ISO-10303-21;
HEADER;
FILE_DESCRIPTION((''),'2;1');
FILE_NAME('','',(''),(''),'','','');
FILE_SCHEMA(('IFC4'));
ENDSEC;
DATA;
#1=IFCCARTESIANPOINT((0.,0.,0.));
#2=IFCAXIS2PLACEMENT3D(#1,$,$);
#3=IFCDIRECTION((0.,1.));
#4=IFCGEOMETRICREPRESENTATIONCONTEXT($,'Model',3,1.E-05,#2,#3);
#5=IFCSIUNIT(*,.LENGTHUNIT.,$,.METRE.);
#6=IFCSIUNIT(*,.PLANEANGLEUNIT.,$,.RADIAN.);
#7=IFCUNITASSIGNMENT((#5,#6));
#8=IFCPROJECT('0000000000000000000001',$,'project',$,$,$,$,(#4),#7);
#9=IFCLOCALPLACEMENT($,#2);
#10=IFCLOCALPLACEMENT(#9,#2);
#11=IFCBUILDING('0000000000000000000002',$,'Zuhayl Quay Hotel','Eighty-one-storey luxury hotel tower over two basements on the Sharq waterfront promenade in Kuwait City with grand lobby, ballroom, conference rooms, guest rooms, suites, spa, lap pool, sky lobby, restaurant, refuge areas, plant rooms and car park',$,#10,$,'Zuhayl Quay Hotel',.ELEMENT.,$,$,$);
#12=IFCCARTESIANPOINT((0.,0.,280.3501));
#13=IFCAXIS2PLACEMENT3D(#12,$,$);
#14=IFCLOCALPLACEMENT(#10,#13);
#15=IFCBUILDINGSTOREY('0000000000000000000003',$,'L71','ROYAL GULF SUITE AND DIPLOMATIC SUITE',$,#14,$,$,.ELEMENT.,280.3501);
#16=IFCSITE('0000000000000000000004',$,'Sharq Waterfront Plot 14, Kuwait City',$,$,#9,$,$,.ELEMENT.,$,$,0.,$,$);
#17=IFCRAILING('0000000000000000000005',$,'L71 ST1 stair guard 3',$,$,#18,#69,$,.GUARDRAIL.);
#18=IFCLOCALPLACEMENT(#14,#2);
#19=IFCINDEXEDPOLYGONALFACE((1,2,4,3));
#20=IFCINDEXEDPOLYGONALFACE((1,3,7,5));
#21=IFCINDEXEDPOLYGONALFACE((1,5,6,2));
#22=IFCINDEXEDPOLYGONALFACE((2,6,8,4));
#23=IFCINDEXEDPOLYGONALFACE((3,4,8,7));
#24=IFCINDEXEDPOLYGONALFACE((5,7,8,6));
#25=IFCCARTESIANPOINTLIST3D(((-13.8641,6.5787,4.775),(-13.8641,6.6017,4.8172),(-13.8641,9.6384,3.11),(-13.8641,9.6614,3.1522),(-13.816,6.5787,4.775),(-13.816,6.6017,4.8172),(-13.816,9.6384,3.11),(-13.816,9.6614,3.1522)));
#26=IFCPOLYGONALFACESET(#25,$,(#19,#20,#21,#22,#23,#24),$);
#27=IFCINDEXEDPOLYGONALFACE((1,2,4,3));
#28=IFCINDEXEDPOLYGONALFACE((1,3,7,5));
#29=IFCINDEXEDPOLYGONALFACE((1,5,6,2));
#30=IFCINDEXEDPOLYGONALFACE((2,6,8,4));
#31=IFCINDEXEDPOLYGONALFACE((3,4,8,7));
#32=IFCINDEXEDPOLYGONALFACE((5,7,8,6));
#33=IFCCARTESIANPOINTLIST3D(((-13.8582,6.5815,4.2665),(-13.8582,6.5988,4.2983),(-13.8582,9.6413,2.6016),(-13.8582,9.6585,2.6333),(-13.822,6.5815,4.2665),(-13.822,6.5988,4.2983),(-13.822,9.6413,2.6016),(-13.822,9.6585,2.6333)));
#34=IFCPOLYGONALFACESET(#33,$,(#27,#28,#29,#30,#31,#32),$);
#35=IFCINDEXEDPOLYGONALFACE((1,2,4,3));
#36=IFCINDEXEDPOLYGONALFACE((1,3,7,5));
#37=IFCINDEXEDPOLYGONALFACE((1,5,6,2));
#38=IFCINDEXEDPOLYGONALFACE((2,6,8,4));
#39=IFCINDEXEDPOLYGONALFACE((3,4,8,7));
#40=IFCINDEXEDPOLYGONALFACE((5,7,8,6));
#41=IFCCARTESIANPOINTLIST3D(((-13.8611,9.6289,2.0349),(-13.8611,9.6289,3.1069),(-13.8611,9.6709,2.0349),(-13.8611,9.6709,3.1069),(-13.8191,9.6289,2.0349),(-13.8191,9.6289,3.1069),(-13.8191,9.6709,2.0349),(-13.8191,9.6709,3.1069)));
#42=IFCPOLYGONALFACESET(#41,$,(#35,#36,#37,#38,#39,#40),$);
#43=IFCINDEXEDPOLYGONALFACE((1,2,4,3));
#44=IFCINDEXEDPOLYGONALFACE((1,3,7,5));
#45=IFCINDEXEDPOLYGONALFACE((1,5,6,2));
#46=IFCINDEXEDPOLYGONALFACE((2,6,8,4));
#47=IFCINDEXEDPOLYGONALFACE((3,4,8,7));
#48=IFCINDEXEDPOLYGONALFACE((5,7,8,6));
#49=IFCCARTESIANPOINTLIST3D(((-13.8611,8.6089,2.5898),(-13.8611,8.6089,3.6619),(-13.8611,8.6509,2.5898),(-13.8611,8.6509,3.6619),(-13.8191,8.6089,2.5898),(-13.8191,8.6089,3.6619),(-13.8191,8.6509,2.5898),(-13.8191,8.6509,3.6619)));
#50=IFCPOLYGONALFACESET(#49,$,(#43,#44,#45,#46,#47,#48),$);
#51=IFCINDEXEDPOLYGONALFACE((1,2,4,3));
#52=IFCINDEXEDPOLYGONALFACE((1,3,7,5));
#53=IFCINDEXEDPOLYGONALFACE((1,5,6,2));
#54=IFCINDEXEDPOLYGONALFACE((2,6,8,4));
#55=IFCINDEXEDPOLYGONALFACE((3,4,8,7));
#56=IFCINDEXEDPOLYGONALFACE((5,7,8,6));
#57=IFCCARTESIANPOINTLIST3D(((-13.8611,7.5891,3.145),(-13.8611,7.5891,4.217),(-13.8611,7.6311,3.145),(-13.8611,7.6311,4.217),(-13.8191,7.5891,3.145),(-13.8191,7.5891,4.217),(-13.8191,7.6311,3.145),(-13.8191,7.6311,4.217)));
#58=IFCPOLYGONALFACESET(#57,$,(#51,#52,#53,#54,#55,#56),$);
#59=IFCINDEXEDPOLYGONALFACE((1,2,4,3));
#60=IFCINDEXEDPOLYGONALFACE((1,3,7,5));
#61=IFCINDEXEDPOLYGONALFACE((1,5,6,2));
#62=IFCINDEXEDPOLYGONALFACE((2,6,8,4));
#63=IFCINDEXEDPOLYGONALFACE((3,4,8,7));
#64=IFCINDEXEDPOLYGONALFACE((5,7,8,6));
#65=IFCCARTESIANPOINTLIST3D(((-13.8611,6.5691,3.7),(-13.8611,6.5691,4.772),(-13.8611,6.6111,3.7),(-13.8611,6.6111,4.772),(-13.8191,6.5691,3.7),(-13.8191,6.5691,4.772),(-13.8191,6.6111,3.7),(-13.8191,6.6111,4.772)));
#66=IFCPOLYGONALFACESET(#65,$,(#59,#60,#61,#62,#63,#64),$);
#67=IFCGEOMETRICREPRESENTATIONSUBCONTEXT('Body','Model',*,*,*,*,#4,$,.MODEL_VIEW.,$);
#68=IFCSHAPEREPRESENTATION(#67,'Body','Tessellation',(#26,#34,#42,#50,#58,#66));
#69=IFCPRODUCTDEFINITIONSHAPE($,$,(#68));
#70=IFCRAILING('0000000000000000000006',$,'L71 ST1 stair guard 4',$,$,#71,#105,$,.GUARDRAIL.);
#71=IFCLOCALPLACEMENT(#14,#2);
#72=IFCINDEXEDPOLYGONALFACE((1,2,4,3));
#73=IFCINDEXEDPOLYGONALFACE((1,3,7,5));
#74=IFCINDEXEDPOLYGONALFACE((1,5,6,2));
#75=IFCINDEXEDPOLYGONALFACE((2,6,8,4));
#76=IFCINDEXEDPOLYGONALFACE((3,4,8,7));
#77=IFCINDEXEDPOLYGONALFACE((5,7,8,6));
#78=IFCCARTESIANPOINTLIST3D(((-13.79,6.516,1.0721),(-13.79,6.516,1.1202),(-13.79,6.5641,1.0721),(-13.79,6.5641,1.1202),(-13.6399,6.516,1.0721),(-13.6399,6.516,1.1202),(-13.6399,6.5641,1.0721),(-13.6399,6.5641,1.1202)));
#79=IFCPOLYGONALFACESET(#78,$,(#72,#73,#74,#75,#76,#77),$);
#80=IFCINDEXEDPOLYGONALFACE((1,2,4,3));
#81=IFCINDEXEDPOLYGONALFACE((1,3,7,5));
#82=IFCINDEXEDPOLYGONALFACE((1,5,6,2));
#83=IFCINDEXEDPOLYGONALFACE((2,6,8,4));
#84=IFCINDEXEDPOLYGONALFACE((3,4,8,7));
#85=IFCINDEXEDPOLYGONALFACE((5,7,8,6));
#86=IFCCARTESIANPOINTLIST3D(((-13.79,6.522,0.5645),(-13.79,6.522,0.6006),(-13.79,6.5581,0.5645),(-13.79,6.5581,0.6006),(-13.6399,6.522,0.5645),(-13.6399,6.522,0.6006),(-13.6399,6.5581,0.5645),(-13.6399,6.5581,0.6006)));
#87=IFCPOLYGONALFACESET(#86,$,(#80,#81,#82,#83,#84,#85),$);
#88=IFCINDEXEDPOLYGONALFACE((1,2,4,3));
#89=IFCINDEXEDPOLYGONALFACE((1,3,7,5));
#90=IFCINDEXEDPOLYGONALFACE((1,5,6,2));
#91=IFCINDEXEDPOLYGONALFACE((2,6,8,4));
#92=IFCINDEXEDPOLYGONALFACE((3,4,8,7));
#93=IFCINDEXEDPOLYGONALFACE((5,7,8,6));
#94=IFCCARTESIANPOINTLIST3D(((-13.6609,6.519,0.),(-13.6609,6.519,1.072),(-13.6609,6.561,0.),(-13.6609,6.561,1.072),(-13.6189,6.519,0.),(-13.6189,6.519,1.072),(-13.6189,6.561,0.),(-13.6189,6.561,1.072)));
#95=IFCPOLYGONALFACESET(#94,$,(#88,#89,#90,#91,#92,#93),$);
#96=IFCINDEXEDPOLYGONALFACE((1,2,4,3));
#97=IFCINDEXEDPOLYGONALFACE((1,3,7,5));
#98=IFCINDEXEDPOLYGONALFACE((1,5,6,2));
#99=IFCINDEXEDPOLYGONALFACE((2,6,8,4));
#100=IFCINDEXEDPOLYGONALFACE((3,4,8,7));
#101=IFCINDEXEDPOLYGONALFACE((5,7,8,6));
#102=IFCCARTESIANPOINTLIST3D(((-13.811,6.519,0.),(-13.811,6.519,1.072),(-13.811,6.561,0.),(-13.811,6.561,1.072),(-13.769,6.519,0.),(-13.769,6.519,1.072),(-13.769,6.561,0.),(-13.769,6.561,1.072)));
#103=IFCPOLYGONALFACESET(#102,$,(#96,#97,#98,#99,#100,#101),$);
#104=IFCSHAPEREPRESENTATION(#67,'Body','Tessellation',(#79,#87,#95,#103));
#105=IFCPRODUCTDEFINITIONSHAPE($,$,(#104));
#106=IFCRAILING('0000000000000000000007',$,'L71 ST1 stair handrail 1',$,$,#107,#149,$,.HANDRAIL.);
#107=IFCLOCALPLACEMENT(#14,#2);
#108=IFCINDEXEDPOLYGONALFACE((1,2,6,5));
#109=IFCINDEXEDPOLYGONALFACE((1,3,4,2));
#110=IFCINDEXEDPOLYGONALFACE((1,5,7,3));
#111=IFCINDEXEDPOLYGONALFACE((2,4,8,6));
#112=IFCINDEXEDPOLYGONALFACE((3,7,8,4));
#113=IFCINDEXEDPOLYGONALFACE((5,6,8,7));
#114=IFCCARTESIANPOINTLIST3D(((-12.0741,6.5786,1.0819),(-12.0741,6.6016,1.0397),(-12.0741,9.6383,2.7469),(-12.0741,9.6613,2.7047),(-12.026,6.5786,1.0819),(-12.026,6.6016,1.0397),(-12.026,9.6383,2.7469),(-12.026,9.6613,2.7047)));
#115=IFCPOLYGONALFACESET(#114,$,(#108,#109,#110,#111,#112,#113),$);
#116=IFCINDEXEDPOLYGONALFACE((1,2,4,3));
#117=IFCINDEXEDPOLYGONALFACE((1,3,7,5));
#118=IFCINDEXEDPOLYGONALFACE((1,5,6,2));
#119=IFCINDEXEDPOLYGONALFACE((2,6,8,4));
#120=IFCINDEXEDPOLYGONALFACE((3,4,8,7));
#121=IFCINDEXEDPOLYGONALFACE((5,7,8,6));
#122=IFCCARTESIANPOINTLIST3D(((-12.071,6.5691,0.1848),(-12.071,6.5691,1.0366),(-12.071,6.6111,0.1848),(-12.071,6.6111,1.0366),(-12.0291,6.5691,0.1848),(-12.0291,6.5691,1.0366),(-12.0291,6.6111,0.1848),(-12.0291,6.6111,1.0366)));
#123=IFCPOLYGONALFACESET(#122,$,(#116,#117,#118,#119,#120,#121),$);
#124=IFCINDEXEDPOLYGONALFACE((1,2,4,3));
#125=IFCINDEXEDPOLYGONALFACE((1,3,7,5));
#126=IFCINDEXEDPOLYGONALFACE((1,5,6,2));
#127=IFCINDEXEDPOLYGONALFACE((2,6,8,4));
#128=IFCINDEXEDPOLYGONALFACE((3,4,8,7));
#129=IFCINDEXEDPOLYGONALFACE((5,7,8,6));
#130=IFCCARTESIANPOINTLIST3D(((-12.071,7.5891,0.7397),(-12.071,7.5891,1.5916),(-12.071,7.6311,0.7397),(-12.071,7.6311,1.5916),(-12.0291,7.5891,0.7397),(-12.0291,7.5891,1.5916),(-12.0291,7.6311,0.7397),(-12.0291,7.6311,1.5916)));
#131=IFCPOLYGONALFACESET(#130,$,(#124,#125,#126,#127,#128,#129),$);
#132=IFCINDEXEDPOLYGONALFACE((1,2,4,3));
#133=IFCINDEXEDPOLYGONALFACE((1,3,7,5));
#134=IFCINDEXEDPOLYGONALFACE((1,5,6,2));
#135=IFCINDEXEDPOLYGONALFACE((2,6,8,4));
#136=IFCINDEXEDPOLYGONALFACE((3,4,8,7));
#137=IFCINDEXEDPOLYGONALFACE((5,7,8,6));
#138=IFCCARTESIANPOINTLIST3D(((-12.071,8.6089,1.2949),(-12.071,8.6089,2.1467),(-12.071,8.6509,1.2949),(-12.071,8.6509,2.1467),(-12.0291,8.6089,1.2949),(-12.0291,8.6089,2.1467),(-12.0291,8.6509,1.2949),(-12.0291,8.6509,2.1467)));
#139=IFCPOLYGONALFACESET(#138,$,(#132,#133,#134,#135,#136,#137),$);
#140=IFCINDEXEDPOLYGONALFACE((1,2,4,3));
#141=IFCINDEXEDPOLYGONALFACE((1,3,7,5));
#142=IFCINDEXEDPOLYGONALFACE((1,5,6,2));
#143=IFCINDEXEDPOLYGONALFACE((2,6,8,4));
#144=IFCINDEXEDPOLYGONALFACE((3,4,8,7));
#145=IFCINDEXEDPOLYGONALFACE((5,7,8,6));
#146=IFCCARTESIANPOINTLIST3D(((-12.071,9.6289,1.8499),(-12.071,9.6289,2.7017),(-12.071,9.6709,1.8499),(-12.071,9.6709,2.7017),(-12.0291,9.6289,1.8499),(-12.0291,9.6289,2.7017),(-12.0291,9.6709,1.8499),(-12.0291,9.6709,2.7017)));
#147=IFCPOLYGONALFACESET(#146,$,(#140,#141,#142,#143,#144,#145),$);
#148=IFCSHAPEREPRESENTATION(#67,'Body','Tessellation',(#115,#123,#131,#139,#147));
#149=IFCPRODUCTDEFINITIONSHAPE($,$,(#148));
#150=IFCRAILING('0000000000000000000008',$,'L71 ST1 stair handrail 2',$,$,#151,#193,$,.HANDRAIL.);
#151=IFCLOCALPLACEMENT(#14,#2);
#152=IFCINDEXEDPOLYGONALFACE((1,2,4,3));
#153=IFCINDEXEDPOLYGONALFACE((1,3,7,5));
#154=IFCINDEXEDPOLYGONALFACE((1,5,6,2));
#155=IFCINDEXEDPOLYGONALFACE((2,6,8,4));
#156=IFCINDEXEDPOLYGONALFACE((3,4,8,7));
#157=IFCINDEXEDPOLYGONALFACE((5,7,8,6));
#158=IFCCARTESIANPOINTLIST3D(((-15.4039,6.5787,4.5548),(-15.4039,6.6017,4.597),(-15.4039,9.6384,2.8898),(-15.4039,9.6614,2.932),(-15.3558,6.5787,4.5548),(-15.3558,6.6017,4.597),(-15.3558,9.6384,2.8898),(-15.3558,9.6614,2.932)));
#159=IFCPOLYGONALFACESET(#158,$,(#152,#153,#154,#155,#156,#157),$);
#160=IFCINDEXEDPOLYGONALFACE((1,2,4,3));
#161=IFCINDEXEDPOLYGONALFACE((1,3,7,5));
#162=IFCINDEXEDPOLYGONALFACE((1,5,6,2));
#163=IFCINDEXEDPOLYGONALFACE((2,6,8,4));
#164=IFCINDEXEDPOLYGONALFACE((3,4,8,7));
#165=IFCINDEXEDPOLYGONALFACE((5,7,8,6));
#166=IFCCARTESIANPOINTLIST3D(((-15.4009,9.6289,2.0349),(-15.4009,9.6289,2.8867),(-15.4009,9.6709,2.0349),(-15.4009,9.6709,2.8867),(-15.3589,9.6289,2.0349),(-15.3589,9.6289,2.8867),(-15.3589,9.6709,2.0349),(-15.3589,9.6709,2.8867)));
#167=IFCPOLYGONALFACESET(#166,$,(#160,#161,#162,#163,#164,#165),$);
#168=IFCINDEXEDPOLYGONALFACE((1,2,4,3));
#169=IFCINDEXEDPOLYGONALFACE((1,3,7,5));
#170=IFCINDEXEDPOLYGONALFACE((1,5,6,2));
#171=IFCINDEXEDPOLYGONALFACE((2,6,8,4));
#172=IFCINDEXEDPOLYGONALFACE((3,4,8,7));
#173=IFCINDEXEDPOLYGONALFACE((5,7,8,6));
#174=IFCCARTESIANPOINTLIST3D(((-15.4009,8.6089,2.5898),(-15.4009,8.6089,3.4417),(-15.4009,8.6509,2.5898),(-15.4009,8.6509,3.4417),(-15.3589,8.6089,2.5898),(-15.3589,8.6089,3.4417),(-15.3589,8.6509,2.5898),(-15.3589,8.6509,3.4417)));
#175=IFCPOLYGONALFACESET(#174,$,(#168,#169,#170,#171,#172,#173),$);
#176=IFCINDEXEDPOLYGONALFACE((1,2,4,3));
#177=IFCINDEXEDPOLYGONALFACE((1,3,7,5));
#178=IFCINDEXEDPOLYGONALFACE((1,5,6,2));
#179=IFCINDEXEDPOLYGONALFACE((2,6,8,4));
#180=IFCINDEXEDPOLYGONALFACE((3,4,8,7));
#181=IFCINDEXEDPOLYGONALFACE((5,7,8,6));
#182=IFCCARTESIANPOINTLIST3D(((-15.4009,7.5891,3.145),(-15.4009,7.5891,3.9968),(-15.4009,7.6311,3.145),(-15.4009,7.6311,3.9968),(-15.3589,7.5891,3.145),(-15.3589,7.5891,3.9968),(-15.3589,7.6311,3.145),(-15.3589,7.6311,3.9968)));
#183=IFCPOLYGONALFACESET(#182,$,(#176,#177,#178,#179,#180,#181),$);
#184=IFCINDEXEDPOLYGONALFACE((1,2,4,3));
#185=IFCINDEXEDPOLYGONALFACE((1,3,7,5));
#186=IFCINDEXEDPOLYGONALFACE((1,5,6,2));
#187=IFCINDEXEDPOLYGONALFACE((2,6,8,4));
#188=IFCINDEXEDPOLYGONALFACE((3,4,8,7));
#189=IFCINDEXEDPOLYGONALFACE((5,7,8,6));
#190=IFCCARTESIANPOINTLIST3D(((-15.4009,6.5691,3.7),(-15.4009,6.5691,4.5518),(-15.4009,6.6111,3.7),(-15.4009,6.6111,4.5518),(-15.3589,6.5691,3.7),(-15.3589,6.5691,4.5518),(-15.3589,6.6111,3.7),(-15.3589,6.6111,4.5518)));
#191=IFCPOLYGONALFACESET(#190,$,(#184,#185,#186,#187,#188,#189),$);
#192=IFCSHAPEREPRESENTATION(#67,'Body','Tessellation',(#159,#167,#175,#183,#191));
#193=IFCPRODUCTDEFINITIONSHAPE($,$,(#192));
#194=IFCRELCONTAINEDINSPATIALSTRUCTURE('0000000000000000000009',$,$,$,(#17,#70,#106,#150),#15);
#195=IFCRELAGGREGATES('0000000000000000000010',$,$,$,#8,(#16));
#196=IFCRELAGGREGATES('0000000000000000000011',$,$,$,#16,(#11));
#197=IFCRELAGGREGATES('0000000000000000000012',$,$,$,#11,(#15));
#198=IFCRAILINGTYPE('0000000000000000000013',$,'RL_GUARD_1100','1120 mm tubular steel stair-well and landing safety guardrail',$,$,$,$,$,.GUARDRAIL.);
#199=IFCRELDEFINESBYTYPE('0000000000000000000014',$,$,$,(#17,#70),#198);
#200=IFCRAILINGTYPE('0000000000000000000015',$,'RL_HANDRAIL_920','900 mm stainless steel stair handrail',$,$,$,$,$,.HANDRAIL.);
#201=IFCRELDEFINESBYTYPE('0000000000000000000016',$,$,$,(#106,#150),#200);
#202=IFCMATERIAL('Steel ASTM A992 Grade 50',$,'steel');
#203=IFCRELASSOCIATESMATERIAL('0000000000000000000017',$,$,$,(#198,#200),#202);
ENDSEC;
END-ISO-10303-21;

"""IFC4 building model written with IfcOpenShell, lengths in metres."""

from ifc_helpers import new_model, si_unit, direction, frame, origin, origin_2d, place, context, subcontext, project, spatial, rectangle, extrude, material, type_object, element, save


model = new_model("IFC4")

# Units and contexts
model_context = context("Model", 3, precision=1e-05, world=origin(), true_north=direction((0.0, 1.0)))
body_context = subcontext(model_context, "Body", "Model", "MODEL_VIEW")
ifc_project = project(units=[si_unit("LENGTHUNIT", "METRE"), si_unit("PLANEANGLEUNIT", "RADIAN")], contexts=[model_context])

# Site, building, storey
site_placement = place(None, origin())
site = spatial("IfcSite", under=ifc_project, at=site_placement, Name="Sharq Waterfront Plot 14, Kuwait City", CompositionType="ELEMENT", RefElevation=0.0)
building_placement = place(site_placement, origin())
building = spatial("IfcBuilding", under=site, at=building_placement, Name="Zuhayl Quay Hotel", Description="Eighty-one-storey luxury hotel tower over two basements on the Sharq waterfront promenade in Kuwait City with grand lobby, ballroom, conference rooms, guest rooms, suites, spa, lap pool, sky lobby, restaurant, refuge areas, plant rooms and car park", LongName="Zuhayl Quay Hotel", CompositionType="ELEMENT")
storey_placement = place(building_placement, frame((0.0, 0.0, 280.3501)))
storey = spatial("IfcBuildingStorey", under=building, at=storey_placement, Name="L71", Description="ROYAL GULF SUITE AND DIPLOMATIC SUITE", CompositionType="ELEMENT", Elevation=280.3501)

# Shared definitions
ifc_material_1 = material(Name="Steel ASTM A992 Grade 50", Category="steel")

# Railings
railing_type_1 = type_object("IfcRailingType", Name="RL_GUARD_1100", Description="1120 mm tubular steel stair-well and landing safety guardrail", PredefinedType="GUARDRAIL", material=ifc_material_1)
railing_1_placement = place(storey_placement, frame((-13.8401, 9.6499, 2.0349)))
element("IfcRailing", 1, at=railing_1_placement, inside=storey, type_object=railing_type_1, Name="L71 ST1 stair guard 3", PredefinedType="GUARDRAIL", context=body_context, shape_type="SweptSolid", body=[
    extrude(rectangle(XDim=0.0481, YDim=0.0481, at=origin_2d()), frame((0.0, 0.0, 1.0962), z_axis=(0.0, -0.878372, 0.477978), x_axis=(1.0, 0.0, 0.0)), (0.0, 0.0, 1.0), 3.4834),
    extrude(rectangle(XDim=0.0361, YDim=0.0361, at=origin_2d()), frame((0.0, 0.0, 0.5825), z_axis=(0.0, -0.878372, 0.477978), x_axis=(1.0, 0.0, 0.0)), (0.0, 0.0, 1.0), 3.4834),
    extrude(rectangle(XDim=0.042, YDim=0.042, at=origin_2d()), origin(), (0.0, 0.0, 1.0), 1.072),
    extrude(rectangle(XDim=0.042, YDim=0.042, at=origin_2d()), frame((0.0, -1.02, 0.5549)), (0.0, 0.0, 1.0), 1.072),
    extrude(rectangle(XDim=0.042, YDim=0.042, at=origin_2d()), frame((0.0, -2.0398, 1.1101)), (0.0, 0.0, 1.0), 1.072),
    extrude(rectangle(XDim=0.042, YDim=0.042, at=origin_2d()), frame((0.0, -3.0598, 1.665)), (0.0, 0.0, 1.0), 1.072),
])
railing_2_placement = place(storey_placement, frame((-13.6399, 6.54, 0.0)))
element("IfcRailing", 2, at=railing_2_placement, inside=storey, type_object=railing_type_1, Name="L71 ST1 stair guard 4", PredefinedType="GUARDRAIL", context=body_context, shape_type="SweptSolid", body=[
    extrude(rectangle(XDim=0.0481, YDim=0.0481, at=origin_2d()), frame((0.0, 0.0, 1.0962), z_axis=(-1.0, 0.0, 0.0), x_axis=(0.0, -1.0, 0.0)), (0.0, 0.0, 1.0), 0.1501),
    extrude(rectangle(XDim=0.0361, YDim=0.0361, at=origin_2d()), frame((0.0, 0.0, 0.5825), z_axis=(-1.0, 0.0, 0.0), x_axis=(0.0, -1.0, 0.0)), (0.0, 0.0, 1.0), 0.1501),
    extrude(rectangle(XDim=0.042, YDim=0.042, at=origin_2d()), origin(), (0.0, 0.0, 1.0), 1.072),
    extrude(rectangle(XDim=0.042, YDim=0.042, at=origin_2d()), frame((-0.1501, 0.0, 0.0)), (0.0, 0.0, 1.0), 1.072),
])
railing_type_2 = type_object("IfcRailingType", Name="RL_HANDRAIL_920", Description="900 mm stainless steel stair handrail", PredefinedType="HANDRAIL", material=ifc_material_1)
railing_3_placement = place(storey_placement, frame((-12.05, 6.5901, 0.1848)))
element("IfcRailing", 3, at=railing_3_placement, inside=storey, type_object=railing_type_2, Name="L71 ST1 stair handrail 1", PredefinedType="HANDRAIL", context=body_context, shape_type="SweptSolid", body=[
    extrude(rectangle(XDim=0.0481, YDim=0.0481, at=origin_2d()), frame((0.0, 0.0, 0.876), z_axis=(0.0, 0.878372, 0.477978), x_axis=(-1.0, 0.0, 0.0)), (0.0, 0.0, 1.0), 3.4834),
    extrude(rectangle(XDim=0.042, YDim=0.042, at=origin_2d()), origin(), (0.0, 0.0, 1.0), 0.8518),
    extrude(rectangle(XDim=0.042, YDim=0.042, at=origin_2d()), frame((0.0, 1.02, 0.5549)), (0.0, 0.0, 1.0), 0.8518),
    extrude(rectangle(XDim=0.042, YDim=0.042, at=origin_2d()), frame((0.0, 2.0398, 1.1101)), (0.0, 0.0, 1.0), 0.8518),
    extrude(rectangle(XDim=0.042, YDim=0.042, at=origin_2d()), frame((0.0, 3.0598, 1.665)), (0.0, 0.0, 1.0), 0.8518),
])
railing_4_placement = place(storey_placement, frame((-15.3799, 9.6499, 2.0349)))
element("IfcRailing", 4, at=railing_4_placement, inside=storey, type_object=railing_type_2, Name="L71 ST1 stair handrail 2", PredefinedType="HANDRAIL", context=body_context, shape_type="SweptSolid", body=[
    extrude(rectangle(XDim=0.0481, YDim=0.0481, at=origin_2d()), frame((0.0, 0.0, 0.876), z_axis=(0.0, -0.878372, 0.477978), x_axis=(1.0, 0.0, 0.0)), (0.0, 0.0, 1.0), 3.4834),
    extrude(rectangle(XDim=0.042, YDim=0.042, at=origin_2d()), origin(), (0.0, 0.0, 1.0), 0.8518),
    extrude(rectangle(XDim=0.042, YDim=0.042, at=origin_2d()), frame((0.0, -1.02, 0.5549)), (0.0, 0.0, 1.0), 0.8518),
    extrude(rectangle(XDim=0.042, YDim=0.042, at=origin_2d()), frame((0.0, -2.0398, 1.1101)), (0.0, 0.0, 1.0), 0.8518),
    extrude(rectangle(XDim=0.042, YDim=0.042, at=origin_2d()), frame((0.0, -3.0598, 1.665)), (0.0, 0.0, 1.0), 0.8518),
])

save(model, "model.ifc")
